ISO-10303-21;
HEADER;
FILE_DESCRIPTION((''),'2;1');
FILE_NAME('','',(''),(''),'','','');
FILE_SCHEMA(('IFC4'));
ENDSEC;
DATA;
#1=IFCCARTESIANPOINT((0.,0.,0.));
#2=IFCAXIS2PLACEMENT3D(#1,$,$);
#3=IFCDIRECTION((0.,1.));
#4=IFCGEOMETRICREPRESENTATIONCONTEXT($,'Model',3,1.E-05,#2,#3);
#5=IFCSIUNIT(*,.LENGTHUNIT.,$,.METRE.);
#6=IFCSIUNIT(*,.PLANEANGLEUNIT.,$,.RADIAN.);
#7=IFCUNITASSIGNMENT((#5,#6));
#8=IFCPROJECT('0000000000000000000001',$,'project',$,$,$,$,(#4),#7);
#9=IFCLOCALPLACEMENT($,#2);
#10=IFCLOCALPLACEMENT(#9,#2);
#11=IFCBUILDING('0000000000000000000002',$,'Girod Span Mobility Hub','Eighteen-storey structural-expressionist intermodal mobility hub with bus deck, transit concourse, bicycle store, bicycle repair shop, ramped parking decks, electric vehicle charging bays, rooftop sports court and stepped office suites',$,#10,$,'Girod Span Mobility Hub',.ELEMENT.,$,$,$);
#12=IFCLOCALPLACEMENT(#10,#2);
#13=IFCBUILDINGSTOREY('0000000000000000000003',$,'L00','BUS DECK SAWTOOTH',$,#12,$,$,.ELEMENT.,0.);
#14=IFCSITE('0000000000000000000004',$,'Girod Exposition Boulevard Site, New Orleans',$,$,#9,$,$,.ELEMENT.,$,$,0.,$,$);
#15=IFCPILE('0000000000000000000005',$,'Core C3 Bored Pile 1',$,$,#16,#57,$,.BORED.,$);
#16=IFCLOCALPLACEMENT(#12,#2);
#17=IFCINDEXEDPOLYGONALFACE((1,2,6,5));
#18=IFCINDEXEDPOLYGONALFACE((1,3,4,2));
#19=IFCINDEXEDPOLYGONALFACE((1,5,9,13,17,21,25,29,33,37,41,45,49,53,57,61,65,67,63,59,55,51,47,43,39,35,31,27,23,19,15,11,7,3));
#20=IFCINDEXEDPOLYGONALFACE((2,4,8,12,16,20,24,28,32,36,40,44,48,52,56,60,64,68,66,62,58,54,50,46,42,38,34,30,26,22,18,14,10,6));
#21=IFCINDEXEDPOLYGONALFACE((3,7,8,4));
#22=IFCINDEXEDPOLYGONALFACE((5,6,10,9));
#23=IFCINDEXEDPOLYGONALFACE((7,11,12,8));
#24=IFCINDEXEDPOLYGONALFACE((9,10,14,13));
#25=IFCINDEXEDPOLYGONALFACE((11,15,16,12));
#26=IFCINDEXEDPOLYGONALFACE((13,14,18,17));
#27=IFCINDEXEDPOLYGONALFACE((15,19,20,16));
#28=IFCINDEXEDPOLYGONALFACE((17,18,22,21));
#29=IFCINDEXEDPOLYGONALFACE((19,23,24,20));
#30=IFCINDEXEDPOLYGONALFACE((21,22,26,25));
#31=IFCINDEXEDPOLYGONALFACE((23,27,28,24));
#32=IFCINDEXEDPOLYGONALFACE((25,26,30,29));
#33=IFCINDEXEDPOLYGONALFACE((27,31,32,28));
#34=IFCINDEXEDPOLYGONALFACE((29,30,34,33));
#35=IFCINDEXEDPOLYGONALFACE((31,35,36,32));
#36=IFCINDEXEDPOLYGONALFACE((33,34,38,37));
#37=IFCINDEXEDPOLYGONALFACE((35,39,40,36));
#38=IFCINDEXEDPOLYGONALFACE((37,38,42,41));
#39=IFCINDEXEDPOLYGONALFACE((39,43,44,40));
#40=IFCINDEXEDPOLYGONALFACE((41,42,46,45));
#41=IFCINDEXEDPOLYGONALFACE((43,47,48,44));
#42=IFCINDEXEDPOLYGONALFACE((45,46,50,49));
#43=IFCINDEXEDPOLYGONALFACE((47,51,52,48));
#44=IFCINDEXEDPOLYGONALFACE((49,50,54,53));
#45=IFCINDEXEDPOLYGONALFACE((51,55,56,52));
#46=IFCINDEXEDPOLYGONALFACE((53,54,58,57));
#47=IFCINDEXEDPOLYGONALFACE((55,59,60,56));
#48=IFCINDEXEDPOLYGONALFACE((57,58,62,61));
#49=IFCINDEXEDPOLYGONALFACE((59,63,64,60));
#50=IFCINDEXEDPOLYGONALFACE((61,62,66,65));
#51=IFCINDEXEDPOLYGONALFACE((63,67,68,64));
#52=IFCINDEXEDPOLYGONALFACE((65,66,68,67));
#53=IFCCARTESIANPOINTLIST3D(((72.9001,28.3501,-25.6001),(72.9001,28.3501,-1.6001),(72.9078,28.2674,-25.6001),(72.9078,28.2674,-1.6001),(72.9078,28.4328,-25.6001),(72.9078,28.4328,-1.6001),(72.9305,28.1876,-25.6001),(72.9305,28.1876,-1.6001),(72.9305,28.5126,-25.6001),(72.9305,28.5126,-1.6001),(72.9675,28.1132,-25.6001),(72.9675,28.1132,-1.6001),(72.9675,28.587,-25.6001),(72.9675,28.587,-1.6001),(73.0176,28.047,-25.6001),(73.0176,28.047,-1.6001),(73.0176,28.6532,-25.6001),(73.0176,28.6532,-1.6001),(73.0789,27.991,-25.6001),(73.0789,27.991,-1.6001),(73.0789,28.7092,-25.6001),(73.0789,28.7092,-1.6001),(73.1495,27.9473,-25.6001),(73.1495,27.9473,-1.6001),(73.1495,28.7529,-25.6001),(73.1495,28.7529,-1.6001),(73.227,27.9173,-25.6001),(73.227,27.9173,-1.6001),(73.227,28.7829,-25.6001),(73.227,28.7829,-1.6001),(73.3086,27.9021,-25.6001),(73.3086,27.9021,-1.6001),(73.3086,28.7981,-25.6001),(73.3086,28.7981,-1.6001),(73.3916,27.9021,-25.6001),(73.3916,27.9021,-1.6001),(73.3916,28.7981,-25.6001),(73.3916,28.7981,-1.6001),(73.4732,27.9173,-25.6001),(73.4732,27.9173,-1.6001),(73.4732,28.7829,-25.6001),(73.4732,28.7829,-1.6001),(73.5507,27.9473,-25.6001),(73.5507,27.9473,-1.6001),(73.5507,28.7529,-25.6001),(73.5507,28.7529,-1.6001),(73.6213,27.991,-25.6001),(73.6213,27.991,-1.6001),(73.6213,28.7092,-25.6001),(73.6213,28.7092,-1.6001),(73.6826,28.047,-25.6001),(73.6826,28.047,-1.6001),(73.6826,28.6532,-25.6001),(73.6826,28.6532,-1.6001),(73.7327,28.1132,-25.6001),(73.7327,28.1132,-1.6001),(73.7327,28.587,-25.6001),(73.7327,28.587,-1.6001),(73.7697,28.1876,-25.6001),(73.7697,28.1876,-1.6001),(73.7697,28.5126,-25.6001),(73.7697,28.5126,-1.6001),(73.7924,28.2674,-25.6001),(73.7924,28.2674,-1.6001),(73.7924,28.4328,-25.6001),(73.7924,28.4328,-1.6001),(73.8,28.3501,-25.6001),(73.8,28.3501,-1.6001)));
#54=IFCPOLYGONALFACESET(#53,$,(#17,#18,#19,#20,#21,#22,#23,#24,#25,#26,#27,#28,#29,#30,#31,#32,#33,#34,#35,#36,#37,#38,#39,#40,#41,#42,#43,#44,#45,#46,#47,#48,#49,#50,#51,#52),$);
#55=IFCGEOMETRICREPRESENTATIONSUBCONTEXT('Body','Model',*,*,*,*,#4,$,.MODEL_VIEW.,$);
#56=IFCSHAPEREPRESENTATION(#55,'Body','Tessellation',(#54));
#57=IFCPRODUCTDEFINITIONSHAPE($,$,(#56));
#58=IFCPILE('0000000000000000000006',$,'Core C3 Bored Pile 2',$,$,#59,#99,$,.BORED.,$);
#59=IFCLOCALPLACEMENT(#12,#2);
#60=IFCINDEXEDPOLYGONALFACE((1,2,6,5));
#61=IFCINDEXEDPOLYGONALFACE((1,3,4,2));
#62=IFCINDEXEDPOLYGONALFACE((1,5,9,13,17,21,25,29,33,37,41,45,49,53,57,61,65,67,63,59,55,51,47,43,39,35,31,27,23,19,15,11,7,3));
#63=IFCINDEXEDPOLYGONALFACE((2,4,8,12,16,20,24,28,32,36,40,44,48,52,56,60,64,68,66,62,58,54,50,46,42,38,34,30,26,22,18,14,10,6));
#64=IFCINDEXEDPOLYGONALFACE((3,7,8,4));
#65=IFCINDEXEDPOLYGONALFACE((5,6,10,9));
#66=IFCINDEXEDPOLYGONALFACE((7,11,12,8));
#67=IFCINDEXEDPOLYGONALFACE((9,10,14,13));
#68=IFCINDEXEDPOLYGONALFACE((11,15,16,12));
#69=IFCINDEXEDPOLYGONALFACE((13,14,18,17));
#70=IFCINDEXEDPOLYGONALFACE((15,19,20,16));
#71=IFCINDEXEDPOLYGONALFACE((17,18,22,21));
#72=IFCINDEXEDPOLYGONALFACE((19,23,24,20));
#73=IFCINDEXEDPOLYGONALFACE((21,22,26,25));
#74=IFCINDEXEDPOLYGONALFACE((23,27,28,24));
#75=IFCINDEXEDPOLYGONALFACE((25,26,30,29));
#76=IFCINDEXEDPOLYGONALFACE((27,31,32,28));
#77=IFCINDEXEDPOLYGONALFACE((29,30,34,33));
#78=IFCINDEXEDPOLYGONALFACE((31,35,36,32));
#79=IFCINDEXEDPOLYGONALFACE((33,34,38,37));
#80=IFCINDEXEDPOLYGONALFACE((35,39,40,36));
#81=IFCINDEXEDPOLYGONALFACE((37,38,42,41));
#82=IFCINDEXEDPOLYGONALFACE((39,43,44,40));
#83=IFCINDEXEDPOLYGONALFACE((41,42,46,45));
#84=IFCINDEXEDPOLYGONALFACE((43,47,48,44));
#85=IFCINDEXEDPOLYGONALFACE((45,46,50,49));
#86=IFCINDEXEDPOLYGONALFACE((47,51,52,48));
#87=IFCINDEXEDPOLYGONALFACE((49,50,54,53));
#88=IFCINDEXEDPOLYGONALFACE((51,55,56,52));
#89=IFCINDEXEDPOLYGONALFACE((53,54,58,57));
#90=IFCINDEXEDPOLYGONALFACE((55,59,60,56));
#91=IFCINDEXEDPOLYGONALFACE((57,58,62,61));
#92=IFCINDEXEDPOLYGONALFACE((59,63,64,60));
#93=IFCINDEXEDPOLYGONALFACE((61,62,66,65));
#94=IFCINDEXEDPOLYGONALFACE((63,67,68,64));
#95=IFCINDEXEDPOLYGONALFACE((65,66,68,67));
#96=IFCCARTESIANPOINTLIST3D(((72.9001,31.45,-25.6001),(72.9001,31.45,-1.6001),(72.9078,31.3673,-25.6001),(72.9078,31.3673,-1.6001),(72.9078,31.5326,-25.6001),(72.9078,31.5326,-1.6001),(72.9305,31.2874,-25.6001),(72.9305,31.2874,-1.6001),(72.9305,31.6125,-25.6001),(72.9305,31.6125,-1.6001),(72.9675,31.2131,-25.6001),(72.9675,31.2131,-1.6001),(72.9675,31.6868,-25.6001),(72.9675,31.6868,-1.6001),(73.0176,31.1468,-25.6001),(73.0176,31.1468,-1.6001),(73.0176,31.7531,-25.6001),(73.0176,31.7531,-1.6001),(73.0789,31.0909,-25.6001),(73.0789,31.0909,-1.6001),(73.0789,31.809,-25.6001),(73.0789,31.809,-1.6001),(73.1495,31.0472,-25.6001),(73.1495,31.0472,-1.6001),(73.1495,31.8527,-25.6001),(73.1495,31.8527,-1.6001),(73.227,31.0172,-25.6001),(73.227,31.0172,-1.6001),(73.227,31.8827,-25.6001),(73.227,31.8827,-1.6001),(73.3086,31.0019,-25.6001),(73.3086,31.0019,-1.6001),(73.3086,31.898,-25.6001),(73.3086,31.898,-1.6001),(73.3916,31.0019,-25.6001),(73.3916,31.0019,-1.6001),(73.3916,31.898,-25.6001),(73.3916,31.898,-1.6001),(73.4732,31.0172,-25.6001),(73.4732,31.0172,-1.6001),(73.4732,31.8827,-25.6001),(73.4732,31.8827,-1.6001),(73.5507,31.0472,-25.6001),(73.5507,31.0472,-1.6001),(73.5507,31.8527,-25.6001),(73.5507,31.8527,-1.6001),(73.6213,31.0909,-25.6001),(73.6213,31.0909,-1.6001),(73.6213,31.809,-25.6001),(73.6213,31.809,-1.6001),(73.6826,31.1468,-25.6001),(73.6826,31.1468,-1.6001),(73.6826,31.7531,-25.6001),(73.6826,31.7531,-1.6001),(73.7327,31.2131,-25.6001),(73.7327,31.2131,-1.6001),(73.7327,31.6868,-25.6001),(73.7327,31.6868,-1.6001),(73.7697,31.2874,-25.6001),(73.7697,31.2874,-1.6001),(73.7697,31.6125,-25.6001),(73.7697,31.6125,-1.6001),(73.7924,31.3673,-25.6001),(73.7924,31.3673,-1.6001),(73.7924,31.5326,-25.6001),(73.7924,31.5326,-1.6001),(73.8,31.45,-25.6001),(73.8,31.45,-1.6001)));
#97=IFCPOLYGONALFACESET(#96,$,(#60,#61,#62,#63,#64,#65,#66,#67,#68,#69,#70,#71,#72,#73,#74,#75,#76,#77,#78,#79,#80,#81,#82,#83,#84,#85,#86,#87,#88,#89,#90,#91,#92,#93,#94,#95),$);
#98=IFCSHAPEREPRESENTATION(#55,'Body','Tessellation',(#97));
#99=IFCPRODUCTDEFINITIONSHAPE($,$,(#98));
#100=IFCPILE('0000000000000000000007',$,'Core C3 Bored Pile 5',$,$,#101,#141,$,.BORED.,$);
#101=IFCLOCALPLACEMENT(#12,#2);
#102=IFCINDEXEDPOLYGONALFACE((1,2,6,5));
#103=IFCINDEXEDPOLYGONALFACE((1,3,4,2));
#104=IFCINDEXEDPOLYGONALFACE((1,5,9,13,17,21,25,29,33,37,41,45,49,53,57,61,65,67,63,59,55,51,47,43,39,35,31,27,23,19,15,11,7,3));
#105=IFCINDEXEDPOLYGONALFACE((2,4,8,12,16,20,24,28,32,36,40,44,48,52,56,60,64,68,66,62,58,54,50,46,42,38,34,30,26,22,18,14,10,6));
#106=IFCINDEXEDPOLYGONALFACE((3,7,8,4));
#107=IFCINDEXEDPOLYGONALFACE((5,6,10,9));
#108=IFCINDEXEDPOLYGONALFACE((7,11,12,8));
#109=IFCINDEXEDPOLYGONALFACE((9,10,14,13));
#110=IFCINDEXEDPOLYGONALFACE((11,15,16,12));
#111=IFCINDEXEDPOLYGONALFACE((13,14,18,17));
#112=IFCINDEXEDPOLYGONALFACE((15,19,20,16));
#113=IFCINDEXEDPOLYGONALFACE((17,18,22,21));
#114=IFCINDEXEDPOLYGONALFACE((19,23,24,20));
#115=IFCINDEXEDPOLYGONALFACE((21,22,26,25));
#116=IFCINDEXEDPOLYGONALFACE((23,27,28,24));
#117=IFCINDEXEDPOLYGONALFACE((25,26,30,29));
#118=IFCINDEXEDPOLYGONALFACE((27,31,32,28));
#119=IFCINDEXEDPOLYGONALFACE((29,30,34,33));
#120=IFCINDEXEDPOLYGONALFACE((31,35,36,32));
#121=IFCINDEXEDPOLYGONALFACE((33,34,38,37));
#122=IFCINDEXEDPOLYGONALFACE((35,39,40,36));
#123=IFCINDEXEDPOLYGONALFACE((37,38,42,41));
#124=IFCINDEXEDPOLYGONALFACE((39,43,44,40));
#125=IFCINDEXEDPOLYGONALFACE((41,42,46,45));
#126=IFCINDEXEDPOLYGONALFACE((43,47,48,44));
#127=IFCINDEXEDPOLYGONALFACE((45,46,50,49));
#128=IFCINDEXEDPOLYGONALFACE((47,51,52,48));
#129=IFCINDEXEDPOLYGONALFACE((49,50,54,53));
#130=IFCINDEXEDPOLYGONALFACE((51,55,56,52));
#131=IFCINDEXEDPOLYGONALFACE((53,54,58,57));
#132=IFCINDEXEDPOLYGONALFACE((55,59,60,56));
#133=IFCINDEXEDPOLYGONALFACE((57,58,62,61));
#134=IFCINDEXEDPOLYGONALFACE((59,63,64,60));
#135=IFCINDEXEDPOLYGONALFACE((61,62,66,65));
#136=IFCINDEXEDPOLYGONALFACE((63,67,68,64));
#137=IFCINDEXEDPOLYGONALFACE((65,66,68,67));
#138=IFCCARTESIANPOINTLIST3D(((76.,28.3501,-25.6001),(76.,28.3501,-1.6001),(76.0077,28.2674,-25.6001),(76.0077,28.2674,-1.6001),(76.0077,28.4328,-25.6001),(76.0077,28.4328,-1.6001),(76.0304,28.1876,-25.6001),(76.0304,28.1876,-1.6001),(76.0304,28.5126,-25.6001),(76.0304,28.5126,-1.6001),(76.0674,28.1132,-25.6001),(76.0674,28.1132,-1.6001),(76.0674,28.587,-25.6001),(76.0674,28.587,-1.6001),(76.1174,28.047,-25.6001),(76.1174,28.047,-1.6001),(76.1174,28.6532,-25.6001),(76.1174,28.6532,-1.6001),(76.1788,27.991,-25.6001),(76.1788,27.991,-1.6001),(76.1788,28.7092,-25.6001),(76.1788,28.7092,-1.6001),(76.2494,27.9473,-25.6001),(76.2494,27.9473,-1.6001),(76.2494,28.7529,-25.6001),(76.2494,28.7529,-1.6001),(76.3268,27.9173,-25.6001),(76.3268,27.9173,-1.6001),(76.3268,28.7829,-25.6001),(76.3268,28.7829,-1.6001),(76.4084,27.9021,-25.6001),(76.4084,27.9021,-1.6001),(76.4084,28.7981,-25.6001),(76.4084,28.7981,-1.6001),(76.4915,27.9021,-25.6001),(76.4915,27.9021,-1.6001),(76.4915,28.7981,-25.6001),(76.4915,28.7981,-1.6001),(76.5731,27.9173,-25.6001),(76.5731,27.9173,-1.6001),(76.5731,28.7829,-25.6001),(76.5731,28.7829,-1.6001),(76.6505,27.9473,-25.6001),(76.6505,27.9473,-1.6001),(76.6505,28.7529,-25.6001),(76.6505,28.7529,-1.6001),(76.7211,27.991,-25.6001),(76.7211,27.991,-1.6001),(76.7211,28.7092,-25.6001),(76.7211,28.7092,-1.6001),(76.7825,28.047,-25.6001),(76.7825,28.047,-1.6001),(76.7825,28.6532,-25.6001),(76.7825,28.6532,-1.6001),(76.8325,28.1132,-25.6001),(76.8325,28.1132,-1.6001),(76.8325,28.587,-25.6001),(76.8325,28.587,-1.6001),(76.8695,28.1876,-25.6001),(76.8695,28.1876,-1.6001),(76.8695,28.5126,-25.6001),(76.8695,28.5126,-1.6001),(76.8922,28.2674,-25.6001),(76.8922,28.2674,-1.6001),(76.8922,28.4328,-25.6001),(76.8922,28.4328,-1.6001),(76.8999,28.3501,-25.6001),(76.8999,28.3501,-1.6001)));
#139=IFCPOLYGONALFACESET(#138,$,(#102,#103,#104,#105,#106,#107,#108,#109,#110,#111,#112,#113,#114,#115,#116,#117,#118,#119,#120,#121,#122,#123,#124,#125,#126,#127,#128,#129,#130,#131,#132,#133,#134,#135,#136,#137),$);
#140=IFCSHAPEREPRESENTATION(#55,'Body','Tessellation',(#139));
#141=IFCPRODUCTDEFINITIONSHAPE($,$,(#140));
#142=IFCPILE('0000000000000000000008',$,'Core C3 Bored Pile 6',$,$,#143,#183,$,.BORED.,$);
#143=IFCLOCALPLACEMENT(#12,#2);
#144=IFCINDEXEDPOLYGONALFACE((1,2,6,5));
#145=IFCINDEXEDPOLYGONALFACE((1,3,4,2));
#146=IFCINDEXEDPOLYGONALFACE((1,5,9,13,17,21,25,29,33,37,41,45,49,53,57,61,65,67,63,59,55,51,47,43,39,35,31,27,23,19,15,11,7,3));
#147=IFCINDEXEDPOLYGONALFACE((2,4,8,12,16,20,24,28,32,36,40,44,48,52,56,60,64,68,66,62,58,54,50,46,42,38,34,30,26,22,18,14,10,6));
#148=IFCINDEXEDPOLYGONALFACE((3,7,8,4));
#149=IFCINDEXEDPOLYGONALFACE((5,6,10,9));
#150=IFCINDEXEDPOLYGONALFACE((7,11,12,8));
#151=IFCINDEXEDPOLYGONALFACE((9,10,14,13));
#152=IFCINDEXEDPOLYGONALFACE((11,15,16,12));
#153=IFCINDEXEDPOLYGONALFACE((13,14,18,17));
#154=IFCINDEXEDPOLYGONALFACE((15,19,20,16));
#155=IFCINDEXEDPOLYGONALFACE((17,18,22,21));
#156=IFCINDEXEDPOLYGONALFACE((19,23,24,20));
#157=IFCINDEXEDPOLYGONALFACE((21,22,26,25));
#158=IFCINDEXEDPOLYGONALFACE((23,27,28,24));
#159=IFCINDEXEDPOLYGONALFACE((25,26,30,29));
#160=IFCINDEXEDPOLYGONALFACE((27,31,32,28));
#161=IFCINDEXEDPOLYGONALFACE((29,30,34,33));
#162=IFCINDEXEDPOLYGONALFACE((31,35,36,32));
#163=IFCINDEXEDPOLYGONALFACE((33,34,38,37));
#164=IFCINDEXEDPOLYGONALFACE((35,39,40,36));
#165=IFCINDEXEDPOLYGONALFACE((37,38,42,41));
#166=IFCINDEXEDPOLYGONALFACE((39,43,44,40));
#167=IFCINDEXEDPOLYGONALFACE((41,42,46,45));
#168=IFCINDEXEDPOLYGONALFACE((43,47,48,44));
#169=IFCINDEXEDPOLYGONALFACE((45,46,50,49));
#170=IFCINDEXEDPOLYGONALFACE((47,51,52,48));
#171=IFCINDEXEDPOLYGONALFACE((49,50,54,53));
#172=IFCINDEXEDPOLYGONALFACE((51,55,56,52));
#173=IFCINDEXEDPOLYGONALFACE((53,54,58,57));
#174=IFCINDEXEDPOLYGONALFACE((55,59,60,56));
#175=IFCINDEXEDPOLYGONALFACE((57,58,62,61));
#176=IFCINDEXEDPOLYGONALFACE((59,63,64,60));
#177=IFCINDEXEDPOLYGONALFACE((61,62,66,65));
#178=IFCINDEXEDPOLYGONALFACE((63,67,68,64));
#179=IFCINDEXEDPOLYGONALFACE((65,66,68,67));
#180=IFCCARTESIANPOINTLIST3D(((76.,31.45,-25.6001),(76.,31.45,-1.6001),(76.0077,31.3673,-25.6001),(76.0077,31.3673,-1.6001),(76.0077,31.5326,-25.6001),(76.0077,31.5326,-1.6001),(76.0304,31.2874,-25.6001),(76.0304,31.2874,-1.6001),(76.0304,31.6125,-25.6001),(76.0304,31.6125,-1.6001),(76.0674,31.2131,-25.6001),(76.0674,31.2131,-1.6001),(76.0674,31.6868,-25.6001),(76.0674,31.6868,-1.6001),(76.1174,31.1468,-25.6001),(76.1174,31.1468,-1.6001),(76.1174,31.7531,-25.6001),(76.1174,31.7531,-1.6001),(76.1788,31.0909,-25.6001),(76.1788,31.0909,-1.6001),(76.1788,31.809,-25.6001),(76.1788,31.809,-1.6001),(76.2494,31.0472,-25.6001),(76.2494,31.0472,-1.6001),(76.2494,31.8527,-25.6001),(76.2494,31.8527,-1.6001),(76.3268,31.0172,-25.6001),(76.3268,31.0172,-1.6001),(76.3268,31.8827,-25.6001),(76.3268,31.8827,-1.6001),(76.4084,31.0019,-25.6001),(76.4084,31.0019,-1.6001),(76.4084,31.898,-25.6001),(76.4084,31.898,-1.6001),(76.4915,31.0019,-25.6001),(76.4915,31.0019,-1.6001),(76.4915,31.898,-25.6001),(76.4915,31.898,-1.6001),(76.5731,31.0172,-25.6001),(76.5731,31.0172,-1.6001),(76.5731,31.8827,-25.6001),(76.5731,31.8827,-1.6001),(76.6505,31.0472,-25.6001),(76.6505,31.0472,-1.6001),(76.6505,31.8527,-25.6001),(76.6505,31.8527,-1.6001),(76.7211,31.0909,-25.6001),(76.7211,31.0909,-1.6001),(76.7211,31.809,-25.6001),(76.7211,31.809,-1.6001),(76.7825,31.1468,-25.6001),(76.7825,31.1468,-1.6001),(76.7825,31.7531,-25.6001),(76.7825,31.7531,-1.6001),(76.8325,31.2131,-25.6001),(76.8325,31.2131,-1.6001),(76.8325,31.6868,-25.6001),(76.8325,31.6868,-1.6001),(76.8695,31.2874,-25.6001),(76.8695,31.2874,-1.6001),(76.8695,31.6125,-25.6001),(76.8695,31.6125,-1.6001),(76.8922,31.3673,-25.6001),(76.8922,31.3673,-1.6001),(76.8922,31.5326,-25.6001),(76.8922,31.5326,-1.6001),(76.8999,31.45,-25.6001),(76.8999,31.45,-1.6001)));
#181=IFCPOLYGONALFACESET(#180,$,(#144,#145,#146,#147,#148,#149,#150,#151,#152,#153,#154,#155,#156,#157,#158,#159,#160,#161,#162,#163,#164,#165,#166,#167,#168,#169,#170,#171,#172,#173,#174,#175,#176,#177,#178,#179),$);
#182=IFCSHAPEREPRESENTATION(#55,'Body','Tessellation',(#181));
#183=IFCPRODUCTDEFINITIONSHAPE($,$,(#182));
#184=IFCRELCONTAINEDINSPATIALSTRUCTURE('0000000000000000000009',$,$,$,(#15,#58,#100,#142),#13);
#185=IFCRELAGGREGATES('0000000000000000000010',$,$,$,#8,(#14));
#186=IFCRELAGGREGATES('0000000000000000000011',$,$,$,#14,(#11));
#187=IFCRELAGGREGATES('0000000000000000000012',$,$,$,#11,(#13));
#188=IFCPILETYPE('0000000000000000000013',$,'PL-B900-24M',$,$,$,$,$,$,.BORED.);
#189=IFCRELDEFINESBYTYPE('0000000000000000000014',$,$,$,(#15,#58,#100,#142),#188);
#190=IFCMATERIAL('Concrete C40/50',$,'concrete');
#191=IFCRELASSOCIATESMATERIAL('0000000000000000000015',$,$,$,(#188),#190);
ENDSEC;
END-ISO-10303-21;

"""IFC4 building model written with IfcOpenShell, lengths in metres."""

from ifc_helpers import new_model, si_unit, direction, frame, origin, origin_2d, place, context, subcontext, project, spatial, circle, extrude, material, material_profile, profile_set, type_object, element, save


model = new_model("IFC4")

# Units and contexts
model_context = context("Model", 3, precision=1e-05, world=origin(), true_north=direction((0.0, 1.0)))
body_context = subcontext(model_context, "Body", "Model", "MODEL_VIEW")
ifc_project = project(units=[si_unit("LENGTHUNIT", "METRE"), si_unit("PLANEANGLEUNIT", "RADIAN")], contexts=[model_context])

# Site, building, storey
site_placement = place(None, origin())
site = spatial("IfcSite", under=ifc_project, at=site_placement, Name="Girod Exposition Boulevard Site, New Orleans", CompositionType="ELEMENT", RefElevation=0.0)
building_placement = place(site_placement, origin())
building = spatial("IfcBuilding", under=site, at=building_placement, Name="Girod Span Mobility Hub", Description="Eighteen-storey structural-expressionist intermodal mobility hub with bus deck, transit concourse, bicycle store, bicycle repair shop, ramped parking decks, electric vehicle charging bays, rooftop sports court and stepped office suites", LongName="Girod Span Mobility Hub", CompositionType="ELEMENT")
storey_placement = place(building_placement, origin())
storey = spatial("IfcBuildingStorey", under=building, at=storey_placement, Name="L00", Description="BUS DECK SAWTOOTH", CompositionType="ELEMENT", Elevation=0.0)

# Piles
ifc_material_1 = material(Name="Concrete C40/50", Category="concrete")
ifc_material_profile_1 = material_profile(ifc_material_1, circle(Radius=0.45, at=origin_2d()), Name="PILE-D900")
ifc_profile_set_1 = profile_set([ifc_material_profile_1], Name="Concrete C40/50")
pile_type_1 = type_object("IfcPileType", Name="PL-B900-24M", PredefinedType="BORED", material=ifc_profile_set_1)
for number, where, z_axis, x_axis, name in (
    (1, (73.3501, 28.3501, -1.6001), (0.0, 0.0, -1.0), (1.0, 0.0, 0.0), "Core C3 Bored Pile 1"),
    (2, (73.3501, 31.45, -1.6001), (0.0, 0.0, -1.0), (1.0, 0.0, 0.0), "Core C3 Bored Pile 2"),
    (3, (76.45, 28.3501, -1.6001), (0.0, 0.0, -1.0), (1.0, 0.0, 0.0), "Core C3 Bored Pile 5"),
    (4, (76.45, 31.45, -1.6001), (0.0, 0.0, -1.0), (1.0, 0.0, 0.0), "Core C3 Bored Pile 6"),
):
    element("IfcPile", number, at=place(storey_placement, frame(where, z_axis=z_axis, x_axis=x_axis)), inside=storey, type_object=pile_type_1, Name=name, PredefinedType="BORED", context=body_context, shape_type="SweptSolid", body=[
        extrude(circle(Radius=0.45, at=origin_2d()), origin(), (0.0, 0.0, 1.0), 24.0),
    ])

save(model, "model.ifc")
